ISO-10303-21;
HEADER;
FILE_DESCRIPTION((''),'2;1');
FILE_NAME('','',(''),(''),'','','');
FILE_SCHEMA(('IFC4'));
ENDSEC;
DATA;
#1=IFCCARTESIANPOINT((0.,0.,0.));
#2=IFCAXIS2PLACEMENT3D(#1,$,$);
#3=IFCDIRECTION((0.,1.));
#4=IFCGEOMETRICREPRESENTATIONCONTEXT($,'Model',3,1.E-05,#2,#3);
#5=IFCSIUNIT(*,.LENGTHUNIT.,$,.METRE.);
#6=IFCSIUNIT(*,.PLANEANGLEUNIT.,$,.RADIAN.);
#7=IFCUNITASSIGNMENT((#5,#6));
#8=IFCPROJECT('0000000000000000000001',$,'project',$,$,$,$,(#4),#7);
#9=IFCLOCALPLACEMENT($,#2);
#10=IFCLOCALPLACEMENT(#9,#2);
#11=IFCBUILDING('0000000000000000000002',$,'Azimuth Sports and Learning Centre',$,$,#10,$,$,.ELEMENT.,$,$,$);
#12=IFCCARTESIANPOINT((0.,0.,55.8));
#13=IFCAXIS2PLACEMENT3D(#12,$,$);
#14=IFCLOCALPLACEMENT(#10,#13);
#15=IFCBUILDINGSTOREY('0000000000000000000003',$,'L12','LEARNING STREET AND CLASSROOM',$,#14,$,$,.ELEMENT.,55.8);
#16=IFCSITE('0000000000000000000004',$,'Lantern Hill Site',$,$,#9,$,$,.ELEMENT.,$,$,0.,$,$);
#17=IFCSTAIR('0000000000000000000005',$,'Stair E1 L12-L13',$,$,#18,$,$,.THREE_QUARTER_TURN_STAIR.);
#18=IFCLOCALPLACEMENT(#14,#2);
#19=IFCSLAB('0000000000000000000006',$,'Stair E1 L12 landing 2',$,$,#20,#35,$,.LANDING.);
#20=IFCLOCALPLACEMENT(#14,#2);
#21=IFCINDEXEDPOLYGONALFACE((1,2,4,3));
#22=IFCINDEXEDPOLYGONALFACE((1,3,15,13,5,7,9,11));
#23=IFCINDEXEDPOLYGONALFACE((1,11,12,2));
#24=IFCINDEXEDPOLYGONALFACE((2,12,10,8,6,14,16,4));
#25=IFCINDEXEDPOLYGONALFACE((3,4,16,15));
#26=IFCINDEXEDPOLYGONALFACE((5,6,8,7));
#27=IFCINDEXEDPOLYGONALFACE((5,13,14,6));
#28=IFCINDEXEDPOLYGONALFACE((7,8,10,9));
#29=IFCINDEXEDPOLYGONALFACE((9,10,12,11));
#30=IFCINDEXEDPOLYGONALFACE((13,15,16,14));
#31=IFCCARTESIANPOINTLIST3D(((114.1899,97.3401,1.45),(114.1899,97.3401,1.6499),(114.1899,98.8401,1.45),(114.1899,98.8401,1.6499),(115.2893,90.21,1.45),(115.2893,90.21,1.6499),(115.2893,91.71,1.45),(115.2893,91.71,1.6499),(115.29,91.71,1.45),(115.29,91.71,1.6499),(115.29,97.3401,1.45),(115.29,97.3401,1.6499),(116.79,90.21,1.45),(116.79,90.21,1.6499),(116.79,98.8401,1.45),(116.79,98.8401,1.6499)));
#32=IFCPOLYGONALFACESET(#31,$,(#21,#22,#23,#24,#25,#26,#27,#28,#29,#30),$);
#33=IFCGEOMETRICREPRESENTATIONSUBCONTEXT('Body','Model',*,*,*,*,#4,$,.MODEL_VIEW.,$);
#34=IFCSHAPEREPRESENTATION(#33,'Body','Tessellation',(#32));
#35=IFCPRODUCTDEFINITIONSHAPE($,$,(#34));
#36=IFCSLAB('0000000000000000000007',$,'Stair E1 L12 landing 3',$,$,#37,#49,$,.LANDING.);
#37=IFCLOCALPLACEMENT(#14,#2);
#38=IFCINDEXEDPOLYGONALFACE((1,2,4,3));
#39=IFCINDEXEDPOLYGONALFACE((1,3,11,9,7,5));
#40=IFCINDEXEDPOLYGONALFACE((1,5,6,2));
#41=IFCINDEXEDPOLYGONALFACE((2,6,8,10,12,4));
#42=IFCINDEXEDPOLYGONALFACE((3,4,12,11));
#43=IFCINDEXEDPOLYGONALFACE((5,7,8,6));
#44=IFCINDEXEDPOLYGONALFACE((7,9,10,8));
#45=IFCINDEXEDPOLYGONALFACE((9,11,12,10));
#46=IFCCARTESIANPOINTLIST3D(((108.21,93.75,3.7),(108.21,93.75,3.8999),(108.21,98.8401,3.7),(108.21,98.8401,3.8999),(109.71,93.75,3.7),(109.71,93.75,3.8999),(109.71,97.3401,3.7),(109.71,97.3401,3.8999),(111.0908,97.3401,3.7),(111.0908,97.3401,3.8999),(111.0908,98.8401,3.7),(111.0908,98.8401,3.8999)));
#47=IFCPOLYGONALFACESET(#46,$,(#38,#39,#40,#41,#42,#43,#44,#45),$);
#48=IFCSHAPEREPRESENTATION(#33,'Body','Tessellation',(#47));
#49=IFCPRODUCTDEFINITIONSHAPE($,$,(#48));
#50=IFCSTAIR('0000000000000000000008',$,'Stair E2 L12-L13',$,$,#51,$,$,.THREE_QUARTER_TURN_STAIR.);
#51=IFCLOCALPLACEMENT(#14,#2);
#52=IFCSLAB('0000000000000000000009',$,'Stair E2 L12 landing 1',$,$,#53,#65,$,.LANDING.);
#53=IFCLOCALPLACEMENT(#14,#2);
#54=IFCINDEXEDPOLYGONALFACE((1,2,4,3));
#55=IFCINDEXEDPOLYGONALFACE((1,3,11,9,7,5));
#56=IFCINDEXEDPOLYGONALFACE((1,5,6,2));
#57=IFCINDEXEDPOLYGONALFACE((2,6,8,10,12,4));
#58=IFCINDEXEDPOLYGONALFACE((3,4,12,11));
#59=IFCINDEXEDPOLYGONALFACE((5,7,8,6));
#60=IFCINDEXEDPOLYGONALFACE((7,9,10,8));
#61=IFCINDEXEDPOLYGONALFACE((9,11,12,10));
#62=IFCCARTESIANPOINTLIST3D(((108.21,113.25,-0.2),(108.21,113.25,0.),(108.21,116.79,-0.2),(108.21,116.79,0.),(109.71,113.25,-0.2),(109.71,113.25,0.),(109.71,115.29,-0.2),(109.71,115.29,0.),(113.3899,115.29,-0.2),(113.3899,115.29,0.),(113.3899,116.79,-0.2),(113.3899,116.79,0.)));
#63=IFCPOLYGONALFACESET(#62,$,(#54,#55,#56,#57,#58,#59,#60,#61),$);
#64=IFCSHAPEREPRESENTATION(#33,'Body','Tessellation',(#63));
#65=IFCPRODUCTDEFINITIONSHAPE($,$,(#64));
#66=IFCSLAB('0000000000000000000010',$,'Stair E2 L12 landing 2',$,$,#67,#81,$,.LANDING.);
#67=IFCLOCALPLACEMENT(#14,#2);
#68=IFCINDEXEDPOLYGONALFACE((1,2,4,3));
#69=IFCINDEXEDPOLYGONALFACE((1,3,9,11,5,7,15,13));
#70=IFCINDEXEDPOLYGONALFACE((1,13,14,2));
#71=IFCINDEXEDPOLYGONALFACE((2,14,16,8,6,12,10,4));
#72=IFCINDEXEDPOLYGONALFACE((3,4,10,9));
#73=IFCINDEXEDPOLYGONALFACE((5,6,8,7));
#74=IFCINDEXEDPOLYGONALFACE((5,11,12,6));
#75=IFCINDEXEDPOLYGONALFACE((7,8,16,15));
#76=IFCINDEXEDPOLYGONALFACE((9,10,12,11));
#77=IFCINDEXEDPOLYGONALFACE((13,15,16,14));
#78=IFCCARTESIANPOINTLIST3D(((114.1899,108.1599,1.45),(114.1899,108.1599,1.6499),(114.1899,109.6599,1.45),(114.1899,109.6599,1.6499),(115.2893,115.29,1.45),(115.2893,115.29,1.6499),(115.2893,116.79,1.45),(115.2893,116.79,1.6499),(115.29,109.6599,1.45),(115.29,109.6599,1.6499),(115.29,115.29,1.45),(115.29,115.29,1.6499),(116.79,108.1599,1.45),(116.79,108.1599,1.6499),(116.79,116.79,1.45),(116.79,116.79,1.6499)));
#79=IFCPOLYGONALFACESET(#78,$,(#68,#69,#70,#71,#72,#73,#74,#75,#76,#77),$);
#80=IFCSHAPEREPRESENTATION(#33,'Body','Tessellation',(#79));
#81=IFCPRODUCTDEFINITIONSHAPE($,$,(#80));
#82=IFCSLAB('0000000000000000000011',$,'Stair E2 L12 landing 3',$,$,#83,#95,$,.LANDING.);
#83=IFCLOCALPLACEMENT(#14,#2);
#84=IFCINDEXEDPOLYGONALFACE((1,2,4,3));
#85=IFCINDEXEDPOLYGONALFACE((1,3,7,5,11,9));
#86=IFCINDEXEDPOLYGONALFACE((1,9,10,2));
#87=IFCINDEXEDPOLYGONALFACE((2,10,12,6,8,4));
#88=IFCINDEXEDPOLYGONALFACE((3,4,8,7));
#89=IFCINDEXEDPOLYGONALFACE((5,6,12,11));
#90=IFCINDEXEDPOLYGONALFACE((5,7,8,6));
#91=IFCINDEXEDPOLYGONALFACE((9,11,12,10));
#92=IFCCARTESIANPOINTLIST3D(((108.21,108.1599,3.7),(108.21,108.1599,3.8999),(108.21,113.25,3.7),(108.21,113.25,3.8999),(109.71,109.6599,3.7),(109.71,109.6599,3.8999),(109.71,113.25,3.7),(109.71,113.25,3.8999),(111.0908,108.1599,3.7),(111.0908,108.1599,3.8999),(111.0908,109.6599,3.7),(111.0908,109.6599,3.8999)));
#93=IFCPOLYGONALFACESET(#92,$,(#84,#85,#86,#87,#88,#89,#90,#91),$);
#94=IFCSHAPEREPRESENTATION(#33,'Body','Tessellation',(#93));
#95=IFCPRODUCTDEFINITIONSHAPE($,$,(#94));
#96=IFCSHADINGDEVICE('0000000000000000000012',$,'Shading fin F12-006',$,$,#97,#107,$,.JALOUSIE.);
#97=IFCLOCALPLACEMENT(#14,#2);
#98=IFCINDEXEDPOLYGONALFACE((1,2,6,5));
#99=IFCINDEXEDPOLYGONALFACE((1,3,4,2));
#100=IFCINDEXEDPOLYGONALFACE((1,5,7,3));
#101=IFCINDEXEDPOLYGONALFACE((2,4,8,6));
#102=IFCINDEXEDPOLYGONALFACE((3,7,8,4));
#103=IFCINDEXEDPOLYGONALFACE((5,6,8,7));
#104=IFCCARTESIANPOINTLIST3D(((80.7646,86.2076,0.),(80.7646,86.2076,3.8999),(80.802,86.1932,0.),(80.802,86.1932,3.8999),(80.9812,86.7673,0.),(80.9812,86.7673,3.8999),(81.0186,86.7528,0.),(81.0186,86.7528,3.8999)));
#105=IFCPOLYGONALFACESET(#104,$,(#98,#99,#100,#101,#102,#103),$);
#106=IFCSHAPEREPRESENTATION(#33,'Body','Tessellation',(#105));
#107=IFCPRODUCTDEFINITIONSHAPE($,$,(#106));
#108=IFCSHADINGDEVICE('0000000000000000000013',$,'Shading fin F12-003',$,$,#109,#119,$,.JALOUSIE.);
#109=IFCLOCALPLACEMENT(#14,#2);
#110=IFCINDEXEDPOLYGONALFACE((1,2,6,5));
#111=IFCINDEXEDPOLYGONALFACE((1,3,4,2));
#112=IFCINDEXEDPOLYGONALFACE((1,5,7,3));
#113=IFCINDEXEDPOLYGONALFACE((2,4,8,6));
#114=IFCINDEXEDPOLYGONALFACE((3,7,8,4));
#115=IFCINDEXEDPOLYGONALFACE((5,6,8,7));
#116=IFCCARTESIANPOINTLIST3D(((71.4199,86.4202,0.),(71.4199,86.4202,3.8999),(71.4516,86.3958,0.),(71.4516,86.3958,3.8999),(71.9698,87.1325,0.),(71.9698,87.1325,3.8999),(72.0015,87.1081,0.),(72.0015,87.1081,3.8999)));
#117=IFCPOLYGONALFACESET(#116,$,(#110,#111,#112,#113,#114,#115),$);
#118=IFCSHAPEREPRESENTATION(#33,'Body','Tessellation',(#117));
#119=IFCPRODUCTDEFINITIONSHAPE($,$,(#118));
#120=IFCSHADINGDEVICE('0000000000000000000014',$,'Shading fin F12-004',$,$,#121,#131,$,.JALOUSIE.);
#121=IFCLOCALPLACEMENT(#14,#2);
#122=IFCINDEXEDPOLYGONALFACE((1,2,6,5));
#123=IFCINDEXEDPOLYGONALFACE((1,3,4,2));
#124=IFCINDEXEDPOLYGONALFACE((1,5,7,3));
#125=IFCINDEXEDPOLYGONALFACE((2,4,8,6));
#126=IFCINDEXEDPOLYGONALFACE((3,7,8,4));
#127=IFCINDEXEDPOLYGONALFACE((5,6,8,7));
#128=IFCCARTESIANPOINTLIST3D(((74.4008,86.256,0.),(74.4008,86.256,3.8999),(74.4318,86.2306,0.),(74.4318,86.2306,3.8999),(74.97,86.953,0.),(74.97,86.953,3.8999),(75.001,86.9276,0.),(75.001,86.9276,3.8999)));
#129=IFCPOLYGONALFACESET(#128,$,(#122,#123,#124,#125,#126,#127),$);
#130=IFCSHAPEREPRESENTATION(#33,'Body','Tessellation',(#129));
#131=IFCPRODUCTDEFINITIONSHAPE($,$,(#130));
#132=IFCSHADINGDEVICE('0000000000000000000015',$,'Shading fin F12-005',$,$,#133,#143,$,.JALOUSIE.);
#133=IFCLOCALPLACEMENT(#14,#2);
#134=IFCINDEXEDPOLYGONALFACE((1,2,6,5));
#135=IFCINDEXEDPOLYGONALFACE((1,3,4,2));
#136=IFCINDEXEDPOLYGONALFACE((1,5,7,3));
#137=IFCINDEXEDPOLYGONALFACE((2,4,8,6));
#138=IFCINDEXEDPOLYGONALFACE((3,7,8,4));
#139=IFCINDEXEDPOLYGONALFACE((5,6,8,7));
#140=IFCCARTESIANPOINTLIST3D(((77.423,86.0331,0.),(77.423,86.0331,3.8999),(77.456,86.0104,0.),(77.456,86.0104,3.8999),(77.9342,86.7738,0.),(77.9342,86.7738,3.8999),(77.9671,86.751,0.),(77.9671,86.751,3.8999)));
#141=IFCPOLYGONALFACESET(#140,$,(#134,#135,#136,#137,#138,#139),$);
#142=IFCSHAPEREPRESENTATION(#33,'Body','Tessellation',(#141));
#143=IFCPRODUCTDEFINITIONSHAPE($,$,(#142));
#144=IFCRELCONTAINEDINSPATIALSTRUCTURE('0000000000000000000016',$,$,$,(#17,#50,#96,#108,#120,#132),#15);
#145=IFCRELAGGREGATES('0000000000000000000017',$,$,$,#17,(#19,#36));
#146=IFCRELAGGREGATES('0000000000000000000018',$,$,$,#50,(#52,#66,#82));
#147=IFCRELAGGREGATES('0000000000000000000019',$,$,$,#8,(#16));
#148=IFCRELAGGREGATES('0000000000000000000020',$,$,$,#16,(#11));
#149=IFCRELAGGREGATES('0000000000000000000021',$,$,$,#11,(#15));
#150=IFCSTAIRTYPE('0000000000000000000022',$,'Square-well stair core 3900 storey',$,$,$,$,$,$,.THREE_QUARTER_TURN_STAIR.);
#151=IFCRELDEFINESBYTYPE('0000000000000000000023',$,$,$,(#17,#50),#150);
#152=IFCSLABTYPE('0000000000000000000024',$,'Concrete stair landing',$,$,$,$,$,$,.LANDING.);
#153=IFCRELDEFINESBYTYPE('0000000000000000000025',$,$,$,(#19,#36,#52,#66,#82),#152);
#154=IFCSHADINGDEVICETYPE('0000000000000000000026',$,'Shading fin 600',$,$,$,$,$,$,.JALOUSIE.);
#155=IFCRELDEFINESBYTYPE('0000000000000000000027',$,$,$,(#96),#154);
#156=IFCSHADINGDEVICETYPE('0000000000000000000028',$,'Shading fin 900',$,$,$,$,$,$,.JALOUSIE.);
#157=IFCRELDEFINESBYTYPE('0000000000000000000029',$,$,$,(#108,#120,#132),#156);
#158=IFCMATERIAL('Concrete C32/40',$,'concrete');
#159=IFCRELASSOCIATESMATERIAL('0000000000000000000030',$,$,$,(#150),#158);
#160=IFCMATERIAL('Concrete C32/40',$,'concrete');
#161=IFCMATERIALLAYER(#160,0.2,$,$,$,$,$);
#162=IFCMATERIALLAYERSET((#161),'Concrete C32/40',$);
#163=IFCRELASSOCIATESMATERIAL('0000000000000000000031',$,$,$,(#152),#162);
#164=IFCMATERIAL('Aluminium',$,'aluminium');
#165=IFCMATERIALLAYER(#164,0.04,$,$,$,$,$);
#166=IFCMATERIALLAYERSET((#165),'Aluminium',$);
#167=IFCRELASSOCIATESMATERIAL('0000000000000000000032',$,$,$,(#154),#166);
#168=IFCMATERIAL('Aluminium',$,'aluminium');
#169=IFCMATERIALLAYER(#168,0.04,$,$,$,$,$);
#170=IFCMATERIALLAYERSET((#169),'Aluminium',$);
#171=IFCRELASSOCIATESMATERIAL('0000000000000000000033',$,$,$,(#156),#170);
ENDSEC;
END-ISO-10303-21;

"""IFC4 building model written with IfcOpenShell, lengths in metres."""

from ifc_helpers import new_model, si_unit, direction, frame, origin, origin_2d, place, context, subcontext, project, spatial, polyline, rectangle, outline, extrude, material, layer, layer_set, type_object, element, aggregate, save


model = new_model("IFC4")

# Units and contexts
model_context = context("Model", 3, precision=1e-05, world=origin(), true_north=direction((0.0, 1.0)))
body_context = subcontext(model_context, "Body", "Model", "MODEL_VIEW")
ifc_project = project(units=[si_unit("LENGTHUNIT", "METRE"), si_unit("PLANEANGLEUNIT", "RADIAN")], contexts=[model_context])

# Site, building, storey
site_placement = place(None, origin())
site = spatial("IfcSite", under=ifc_project, at=site_placement, Name="Lantern Hill Site", CompositionType="ELEMENT", RefElevation=0.0)
building_placement = place(site_placement, origin())
building = spatial("IfcBuilding", under=site, at=building_placement, Name="Azimuth Sports and Learning Centre", CompositionType="ELEMENT")
storey_placement = place(building_placement, frame((0.0, 0.0, 55.8)))
storey = spatial("IfcBuildingStorey", under=building, at=storey_placement, Name="L12", Description="LEARNING STREET AND CLASSROOM", CompositionType="ELEMENT", Elevation=55.8)

# Stairs, slabs
ifc_material_1 = material(Name="Concrete C32/40", Category="concrete")
stair_type = type_object("IfcStairType", Name="Square-well stair core 3900 storey", PredefinedType="THREE_QUARTER_TURN_STAIR", material=ifc_material_1)
ifc_material_2 = material(Name="Concrete C32/40", Category="concrete")
ifc_layer_1 = layer(ifc_material_2, 0.2)
ifc_layer_set_1 = layer_set([ifc_layer_1], Name="Concrete C32/40")
slab_type_1 = type_object("IfcSlabType", Name="Concrete stair landing", PredefinedType="LANDING", material=ifc_layer_set_1)
stair_1_placement = place(storey_placement, origin())
stair_1 = element("IfcStair", 1, at=stair_1_placement, inside=storey, type_object=stair_type, Name="Stair E1 L12-L13", PredefinedType="THREE_QUARTER_TURN_STAIR")
slab_1_placement = place(storey_placement, frame((0.0, 0.0, 1.45)))
slab_1 = element("IfcSlab", 2, at=slab_1_placement, type_object=slab_type_1, Name="Stair E1 L12 landing 2", PredefinedType="LANDING", context=body_context, shape_type="SweptSolid", body=[
    extrude(outline(polyline([(115.29, 91.71), (115.2893, 91.71), (115.2893, 90.21), (116.79, 90.21), (116.79, 98.8401), (114.1899, 98.8401), (114.1899, 97.3401), (115.29, 97.3401), (115.29, 91.71)])), origin(), (0.0, 0.0, 1.0), 0.2),
])
slab_2_placement = place(storey_placement, frame((0.0, 0.0, 3.7)))
slab_2 = element("IfcSlab", 3, at=slab_2_placement, type_object=slab_type_1, Name="Stair E1 L12 landing 3", PredefinedType="LANDING", context=body_context, shape_type="SweptSolid", body=[
    extrude(outline(polyline([(109.71, 97.3401), (111.0908, 97.3401), (111.0908, 98.8401), (108.21, 98.8401), (108.21, 93.75), (109.71, 93.75), (109.71, 97.3401)])), origin(), (0.0, 0.0, 1.0), 0.2),
])
aggregate(stair_1, [slab_1, slab_2])
stair_2_placement = place(storey_placement, origin())
stair_2 = element("IfcStair", 4, at=stair_2_placement, inside=storey, type_object=stair_type, Name="Stair E2 L12-L13", PredefinedType="THREE_QUARTER_TURN_STAIR")
slab_3_placement = place(storey_placement, frame((0.0, 0.0, -0.2)))
slab_3 = element("IfcSlab", 5, at=slab_3_placement, type_object=slab_type_1, Name="Stair E2 L12 landing 1", PredefinedType="LANDING", context=body_context, shape_type="SweptSolid", body=[
    extrude(outline(polyline([(108.21, 116.79), (108.21, 113.25), (109.71, 113.25), (109.71, 115.29), (113.3899, 115.29), (113.3899, 116.79), (108.21, 116.79)])), origin(), (0.0, 0.0, 1.0), 0.2),
])
slab_4_placement = place(storey_placement, frame((0.0, 0.0, 1.45)))
slab_4 = element("IfcSlab", 6, at=slab_4_placement, type_object=slab_type_1, Name="Stair E2 L12 landing 2", PredefinedType="LANDING", context=body_context, shape_type="SweptSolid", body=[
    extrude(outline(polyline([(115.29, 115.29), (115.29, 109.6599), (114.1899, 109.6599), (114.1899, 108.1599), (116.79, 108.1599), (116.79, 116.79), (115.2893, 116.79), (115.2893, 115.29), (115.29, 115.29)])), origin(), (0.0, 0.0, 1.0), 0.2),
])
slab_5_placement = place(storey_placement, frame((0.0, 0.0, 3.7)))
slab_5 = element("IfcSlab", 7, at=slab_5_placement, type_object=slab_type_1, Name="Stair E2 L12 landing 3", PredefinedType="LANDING", context=body_context, shape_type="SweptSolid", body=[
    extrude(outline(polyline([(109.71, 109.6599), (109.71, 113.25), (108.21, 113.25), (108.21, 108.1599), (111.0908, 108.1599), (111.0908, 109.6599), (109.71, 109.6599)])), origin(), (0.0, 0.0, 1.0), 0.2),
])
aggregate(stair_2, [slab_3, slab_4, slab_5])

# Shading devices
ifc_material_3 = material(Name="Aluminium", Category="aluminium")
ifc_layer_2 = layer(ifc_material_3, 0.04)
ifc_layer_set_2 = layer_set([ifc_layer_2], Name="Aluminium")
shading_device_type_1 = type_object("IfcShadingDeviceType", Name="Shading fin 600", PredefinedType="JALOUSIE", material=ifc_layer_set_2)
shading_device_placement = place(storey_placement, frame((80.8916, 86.4802, 0.0), z_axis=(0.0, 0.0, 1.0), x_axis=(-0.360978, -0.932574, 0.0)))
element("IfcShadingDevice", 8, at=shading_device_placement, inside=storey, type_object=shading_device_type_1, Name="Shading fin F12-006", PredefinedType="JALOUSIE", context=body_context, shape_type="SweptSolid", body=[
    extrude(rectangle(XDim=0.6001, YDim=0.04, at=origin_2d()), origin(), (0.0, 0.0, 1.0), 3.8999),
])
ifc_material_4 = material(Name="Aluminium", Category="aluminium")
ifc_layer_3 = layer(ifc_material_4, 0.04)
ifc_layer_set_3 = layer_set([ifc_layer_3], Name="Aluminium")
shading_device_type_2 = type_object("IfcShadingDeviceType", Name="Shading fin 900", PredefinedType="JALOUSIE", material=ifc_layer_set_3)
for number, where, z_axis, x_axis, name in (
    (9, (71.7107, 86.7642, 0.0), (0.0, 0.0, 1.0), (-0.611135, -0.791526, 0.0), "Shading fin F12-003"),
    (10, (74.7009, 86.5918, 0.0), (0.0, 0.0, 1.0), (-0.632522, -0.774543, 0.0), "Shading fin F12-004"),
    (11, (77.6951, 86.3921, 0.0), (0.0, 0.0, 1.0), (-0.567995, -0.823032, 0.0), "Shading fin F12-005"),
):
    element("IfcShadingDevice", number, at=place(storey_placement, frame(where, z_axis=z_axis, x_axis=x_axis)), inside=storey, type_object=shading_device_type_2, Name=name, PredefinedType="JALOUSIE", context=body_context, shape_type="SweptSolid", body=[
        extrude(rectangle(XDim=0.8999, YDim=0.04, at=origin_2d()), origin(), (0.0, 0.0, 1.0), 3.8999),
    ])

save(model, "model.ifc")
